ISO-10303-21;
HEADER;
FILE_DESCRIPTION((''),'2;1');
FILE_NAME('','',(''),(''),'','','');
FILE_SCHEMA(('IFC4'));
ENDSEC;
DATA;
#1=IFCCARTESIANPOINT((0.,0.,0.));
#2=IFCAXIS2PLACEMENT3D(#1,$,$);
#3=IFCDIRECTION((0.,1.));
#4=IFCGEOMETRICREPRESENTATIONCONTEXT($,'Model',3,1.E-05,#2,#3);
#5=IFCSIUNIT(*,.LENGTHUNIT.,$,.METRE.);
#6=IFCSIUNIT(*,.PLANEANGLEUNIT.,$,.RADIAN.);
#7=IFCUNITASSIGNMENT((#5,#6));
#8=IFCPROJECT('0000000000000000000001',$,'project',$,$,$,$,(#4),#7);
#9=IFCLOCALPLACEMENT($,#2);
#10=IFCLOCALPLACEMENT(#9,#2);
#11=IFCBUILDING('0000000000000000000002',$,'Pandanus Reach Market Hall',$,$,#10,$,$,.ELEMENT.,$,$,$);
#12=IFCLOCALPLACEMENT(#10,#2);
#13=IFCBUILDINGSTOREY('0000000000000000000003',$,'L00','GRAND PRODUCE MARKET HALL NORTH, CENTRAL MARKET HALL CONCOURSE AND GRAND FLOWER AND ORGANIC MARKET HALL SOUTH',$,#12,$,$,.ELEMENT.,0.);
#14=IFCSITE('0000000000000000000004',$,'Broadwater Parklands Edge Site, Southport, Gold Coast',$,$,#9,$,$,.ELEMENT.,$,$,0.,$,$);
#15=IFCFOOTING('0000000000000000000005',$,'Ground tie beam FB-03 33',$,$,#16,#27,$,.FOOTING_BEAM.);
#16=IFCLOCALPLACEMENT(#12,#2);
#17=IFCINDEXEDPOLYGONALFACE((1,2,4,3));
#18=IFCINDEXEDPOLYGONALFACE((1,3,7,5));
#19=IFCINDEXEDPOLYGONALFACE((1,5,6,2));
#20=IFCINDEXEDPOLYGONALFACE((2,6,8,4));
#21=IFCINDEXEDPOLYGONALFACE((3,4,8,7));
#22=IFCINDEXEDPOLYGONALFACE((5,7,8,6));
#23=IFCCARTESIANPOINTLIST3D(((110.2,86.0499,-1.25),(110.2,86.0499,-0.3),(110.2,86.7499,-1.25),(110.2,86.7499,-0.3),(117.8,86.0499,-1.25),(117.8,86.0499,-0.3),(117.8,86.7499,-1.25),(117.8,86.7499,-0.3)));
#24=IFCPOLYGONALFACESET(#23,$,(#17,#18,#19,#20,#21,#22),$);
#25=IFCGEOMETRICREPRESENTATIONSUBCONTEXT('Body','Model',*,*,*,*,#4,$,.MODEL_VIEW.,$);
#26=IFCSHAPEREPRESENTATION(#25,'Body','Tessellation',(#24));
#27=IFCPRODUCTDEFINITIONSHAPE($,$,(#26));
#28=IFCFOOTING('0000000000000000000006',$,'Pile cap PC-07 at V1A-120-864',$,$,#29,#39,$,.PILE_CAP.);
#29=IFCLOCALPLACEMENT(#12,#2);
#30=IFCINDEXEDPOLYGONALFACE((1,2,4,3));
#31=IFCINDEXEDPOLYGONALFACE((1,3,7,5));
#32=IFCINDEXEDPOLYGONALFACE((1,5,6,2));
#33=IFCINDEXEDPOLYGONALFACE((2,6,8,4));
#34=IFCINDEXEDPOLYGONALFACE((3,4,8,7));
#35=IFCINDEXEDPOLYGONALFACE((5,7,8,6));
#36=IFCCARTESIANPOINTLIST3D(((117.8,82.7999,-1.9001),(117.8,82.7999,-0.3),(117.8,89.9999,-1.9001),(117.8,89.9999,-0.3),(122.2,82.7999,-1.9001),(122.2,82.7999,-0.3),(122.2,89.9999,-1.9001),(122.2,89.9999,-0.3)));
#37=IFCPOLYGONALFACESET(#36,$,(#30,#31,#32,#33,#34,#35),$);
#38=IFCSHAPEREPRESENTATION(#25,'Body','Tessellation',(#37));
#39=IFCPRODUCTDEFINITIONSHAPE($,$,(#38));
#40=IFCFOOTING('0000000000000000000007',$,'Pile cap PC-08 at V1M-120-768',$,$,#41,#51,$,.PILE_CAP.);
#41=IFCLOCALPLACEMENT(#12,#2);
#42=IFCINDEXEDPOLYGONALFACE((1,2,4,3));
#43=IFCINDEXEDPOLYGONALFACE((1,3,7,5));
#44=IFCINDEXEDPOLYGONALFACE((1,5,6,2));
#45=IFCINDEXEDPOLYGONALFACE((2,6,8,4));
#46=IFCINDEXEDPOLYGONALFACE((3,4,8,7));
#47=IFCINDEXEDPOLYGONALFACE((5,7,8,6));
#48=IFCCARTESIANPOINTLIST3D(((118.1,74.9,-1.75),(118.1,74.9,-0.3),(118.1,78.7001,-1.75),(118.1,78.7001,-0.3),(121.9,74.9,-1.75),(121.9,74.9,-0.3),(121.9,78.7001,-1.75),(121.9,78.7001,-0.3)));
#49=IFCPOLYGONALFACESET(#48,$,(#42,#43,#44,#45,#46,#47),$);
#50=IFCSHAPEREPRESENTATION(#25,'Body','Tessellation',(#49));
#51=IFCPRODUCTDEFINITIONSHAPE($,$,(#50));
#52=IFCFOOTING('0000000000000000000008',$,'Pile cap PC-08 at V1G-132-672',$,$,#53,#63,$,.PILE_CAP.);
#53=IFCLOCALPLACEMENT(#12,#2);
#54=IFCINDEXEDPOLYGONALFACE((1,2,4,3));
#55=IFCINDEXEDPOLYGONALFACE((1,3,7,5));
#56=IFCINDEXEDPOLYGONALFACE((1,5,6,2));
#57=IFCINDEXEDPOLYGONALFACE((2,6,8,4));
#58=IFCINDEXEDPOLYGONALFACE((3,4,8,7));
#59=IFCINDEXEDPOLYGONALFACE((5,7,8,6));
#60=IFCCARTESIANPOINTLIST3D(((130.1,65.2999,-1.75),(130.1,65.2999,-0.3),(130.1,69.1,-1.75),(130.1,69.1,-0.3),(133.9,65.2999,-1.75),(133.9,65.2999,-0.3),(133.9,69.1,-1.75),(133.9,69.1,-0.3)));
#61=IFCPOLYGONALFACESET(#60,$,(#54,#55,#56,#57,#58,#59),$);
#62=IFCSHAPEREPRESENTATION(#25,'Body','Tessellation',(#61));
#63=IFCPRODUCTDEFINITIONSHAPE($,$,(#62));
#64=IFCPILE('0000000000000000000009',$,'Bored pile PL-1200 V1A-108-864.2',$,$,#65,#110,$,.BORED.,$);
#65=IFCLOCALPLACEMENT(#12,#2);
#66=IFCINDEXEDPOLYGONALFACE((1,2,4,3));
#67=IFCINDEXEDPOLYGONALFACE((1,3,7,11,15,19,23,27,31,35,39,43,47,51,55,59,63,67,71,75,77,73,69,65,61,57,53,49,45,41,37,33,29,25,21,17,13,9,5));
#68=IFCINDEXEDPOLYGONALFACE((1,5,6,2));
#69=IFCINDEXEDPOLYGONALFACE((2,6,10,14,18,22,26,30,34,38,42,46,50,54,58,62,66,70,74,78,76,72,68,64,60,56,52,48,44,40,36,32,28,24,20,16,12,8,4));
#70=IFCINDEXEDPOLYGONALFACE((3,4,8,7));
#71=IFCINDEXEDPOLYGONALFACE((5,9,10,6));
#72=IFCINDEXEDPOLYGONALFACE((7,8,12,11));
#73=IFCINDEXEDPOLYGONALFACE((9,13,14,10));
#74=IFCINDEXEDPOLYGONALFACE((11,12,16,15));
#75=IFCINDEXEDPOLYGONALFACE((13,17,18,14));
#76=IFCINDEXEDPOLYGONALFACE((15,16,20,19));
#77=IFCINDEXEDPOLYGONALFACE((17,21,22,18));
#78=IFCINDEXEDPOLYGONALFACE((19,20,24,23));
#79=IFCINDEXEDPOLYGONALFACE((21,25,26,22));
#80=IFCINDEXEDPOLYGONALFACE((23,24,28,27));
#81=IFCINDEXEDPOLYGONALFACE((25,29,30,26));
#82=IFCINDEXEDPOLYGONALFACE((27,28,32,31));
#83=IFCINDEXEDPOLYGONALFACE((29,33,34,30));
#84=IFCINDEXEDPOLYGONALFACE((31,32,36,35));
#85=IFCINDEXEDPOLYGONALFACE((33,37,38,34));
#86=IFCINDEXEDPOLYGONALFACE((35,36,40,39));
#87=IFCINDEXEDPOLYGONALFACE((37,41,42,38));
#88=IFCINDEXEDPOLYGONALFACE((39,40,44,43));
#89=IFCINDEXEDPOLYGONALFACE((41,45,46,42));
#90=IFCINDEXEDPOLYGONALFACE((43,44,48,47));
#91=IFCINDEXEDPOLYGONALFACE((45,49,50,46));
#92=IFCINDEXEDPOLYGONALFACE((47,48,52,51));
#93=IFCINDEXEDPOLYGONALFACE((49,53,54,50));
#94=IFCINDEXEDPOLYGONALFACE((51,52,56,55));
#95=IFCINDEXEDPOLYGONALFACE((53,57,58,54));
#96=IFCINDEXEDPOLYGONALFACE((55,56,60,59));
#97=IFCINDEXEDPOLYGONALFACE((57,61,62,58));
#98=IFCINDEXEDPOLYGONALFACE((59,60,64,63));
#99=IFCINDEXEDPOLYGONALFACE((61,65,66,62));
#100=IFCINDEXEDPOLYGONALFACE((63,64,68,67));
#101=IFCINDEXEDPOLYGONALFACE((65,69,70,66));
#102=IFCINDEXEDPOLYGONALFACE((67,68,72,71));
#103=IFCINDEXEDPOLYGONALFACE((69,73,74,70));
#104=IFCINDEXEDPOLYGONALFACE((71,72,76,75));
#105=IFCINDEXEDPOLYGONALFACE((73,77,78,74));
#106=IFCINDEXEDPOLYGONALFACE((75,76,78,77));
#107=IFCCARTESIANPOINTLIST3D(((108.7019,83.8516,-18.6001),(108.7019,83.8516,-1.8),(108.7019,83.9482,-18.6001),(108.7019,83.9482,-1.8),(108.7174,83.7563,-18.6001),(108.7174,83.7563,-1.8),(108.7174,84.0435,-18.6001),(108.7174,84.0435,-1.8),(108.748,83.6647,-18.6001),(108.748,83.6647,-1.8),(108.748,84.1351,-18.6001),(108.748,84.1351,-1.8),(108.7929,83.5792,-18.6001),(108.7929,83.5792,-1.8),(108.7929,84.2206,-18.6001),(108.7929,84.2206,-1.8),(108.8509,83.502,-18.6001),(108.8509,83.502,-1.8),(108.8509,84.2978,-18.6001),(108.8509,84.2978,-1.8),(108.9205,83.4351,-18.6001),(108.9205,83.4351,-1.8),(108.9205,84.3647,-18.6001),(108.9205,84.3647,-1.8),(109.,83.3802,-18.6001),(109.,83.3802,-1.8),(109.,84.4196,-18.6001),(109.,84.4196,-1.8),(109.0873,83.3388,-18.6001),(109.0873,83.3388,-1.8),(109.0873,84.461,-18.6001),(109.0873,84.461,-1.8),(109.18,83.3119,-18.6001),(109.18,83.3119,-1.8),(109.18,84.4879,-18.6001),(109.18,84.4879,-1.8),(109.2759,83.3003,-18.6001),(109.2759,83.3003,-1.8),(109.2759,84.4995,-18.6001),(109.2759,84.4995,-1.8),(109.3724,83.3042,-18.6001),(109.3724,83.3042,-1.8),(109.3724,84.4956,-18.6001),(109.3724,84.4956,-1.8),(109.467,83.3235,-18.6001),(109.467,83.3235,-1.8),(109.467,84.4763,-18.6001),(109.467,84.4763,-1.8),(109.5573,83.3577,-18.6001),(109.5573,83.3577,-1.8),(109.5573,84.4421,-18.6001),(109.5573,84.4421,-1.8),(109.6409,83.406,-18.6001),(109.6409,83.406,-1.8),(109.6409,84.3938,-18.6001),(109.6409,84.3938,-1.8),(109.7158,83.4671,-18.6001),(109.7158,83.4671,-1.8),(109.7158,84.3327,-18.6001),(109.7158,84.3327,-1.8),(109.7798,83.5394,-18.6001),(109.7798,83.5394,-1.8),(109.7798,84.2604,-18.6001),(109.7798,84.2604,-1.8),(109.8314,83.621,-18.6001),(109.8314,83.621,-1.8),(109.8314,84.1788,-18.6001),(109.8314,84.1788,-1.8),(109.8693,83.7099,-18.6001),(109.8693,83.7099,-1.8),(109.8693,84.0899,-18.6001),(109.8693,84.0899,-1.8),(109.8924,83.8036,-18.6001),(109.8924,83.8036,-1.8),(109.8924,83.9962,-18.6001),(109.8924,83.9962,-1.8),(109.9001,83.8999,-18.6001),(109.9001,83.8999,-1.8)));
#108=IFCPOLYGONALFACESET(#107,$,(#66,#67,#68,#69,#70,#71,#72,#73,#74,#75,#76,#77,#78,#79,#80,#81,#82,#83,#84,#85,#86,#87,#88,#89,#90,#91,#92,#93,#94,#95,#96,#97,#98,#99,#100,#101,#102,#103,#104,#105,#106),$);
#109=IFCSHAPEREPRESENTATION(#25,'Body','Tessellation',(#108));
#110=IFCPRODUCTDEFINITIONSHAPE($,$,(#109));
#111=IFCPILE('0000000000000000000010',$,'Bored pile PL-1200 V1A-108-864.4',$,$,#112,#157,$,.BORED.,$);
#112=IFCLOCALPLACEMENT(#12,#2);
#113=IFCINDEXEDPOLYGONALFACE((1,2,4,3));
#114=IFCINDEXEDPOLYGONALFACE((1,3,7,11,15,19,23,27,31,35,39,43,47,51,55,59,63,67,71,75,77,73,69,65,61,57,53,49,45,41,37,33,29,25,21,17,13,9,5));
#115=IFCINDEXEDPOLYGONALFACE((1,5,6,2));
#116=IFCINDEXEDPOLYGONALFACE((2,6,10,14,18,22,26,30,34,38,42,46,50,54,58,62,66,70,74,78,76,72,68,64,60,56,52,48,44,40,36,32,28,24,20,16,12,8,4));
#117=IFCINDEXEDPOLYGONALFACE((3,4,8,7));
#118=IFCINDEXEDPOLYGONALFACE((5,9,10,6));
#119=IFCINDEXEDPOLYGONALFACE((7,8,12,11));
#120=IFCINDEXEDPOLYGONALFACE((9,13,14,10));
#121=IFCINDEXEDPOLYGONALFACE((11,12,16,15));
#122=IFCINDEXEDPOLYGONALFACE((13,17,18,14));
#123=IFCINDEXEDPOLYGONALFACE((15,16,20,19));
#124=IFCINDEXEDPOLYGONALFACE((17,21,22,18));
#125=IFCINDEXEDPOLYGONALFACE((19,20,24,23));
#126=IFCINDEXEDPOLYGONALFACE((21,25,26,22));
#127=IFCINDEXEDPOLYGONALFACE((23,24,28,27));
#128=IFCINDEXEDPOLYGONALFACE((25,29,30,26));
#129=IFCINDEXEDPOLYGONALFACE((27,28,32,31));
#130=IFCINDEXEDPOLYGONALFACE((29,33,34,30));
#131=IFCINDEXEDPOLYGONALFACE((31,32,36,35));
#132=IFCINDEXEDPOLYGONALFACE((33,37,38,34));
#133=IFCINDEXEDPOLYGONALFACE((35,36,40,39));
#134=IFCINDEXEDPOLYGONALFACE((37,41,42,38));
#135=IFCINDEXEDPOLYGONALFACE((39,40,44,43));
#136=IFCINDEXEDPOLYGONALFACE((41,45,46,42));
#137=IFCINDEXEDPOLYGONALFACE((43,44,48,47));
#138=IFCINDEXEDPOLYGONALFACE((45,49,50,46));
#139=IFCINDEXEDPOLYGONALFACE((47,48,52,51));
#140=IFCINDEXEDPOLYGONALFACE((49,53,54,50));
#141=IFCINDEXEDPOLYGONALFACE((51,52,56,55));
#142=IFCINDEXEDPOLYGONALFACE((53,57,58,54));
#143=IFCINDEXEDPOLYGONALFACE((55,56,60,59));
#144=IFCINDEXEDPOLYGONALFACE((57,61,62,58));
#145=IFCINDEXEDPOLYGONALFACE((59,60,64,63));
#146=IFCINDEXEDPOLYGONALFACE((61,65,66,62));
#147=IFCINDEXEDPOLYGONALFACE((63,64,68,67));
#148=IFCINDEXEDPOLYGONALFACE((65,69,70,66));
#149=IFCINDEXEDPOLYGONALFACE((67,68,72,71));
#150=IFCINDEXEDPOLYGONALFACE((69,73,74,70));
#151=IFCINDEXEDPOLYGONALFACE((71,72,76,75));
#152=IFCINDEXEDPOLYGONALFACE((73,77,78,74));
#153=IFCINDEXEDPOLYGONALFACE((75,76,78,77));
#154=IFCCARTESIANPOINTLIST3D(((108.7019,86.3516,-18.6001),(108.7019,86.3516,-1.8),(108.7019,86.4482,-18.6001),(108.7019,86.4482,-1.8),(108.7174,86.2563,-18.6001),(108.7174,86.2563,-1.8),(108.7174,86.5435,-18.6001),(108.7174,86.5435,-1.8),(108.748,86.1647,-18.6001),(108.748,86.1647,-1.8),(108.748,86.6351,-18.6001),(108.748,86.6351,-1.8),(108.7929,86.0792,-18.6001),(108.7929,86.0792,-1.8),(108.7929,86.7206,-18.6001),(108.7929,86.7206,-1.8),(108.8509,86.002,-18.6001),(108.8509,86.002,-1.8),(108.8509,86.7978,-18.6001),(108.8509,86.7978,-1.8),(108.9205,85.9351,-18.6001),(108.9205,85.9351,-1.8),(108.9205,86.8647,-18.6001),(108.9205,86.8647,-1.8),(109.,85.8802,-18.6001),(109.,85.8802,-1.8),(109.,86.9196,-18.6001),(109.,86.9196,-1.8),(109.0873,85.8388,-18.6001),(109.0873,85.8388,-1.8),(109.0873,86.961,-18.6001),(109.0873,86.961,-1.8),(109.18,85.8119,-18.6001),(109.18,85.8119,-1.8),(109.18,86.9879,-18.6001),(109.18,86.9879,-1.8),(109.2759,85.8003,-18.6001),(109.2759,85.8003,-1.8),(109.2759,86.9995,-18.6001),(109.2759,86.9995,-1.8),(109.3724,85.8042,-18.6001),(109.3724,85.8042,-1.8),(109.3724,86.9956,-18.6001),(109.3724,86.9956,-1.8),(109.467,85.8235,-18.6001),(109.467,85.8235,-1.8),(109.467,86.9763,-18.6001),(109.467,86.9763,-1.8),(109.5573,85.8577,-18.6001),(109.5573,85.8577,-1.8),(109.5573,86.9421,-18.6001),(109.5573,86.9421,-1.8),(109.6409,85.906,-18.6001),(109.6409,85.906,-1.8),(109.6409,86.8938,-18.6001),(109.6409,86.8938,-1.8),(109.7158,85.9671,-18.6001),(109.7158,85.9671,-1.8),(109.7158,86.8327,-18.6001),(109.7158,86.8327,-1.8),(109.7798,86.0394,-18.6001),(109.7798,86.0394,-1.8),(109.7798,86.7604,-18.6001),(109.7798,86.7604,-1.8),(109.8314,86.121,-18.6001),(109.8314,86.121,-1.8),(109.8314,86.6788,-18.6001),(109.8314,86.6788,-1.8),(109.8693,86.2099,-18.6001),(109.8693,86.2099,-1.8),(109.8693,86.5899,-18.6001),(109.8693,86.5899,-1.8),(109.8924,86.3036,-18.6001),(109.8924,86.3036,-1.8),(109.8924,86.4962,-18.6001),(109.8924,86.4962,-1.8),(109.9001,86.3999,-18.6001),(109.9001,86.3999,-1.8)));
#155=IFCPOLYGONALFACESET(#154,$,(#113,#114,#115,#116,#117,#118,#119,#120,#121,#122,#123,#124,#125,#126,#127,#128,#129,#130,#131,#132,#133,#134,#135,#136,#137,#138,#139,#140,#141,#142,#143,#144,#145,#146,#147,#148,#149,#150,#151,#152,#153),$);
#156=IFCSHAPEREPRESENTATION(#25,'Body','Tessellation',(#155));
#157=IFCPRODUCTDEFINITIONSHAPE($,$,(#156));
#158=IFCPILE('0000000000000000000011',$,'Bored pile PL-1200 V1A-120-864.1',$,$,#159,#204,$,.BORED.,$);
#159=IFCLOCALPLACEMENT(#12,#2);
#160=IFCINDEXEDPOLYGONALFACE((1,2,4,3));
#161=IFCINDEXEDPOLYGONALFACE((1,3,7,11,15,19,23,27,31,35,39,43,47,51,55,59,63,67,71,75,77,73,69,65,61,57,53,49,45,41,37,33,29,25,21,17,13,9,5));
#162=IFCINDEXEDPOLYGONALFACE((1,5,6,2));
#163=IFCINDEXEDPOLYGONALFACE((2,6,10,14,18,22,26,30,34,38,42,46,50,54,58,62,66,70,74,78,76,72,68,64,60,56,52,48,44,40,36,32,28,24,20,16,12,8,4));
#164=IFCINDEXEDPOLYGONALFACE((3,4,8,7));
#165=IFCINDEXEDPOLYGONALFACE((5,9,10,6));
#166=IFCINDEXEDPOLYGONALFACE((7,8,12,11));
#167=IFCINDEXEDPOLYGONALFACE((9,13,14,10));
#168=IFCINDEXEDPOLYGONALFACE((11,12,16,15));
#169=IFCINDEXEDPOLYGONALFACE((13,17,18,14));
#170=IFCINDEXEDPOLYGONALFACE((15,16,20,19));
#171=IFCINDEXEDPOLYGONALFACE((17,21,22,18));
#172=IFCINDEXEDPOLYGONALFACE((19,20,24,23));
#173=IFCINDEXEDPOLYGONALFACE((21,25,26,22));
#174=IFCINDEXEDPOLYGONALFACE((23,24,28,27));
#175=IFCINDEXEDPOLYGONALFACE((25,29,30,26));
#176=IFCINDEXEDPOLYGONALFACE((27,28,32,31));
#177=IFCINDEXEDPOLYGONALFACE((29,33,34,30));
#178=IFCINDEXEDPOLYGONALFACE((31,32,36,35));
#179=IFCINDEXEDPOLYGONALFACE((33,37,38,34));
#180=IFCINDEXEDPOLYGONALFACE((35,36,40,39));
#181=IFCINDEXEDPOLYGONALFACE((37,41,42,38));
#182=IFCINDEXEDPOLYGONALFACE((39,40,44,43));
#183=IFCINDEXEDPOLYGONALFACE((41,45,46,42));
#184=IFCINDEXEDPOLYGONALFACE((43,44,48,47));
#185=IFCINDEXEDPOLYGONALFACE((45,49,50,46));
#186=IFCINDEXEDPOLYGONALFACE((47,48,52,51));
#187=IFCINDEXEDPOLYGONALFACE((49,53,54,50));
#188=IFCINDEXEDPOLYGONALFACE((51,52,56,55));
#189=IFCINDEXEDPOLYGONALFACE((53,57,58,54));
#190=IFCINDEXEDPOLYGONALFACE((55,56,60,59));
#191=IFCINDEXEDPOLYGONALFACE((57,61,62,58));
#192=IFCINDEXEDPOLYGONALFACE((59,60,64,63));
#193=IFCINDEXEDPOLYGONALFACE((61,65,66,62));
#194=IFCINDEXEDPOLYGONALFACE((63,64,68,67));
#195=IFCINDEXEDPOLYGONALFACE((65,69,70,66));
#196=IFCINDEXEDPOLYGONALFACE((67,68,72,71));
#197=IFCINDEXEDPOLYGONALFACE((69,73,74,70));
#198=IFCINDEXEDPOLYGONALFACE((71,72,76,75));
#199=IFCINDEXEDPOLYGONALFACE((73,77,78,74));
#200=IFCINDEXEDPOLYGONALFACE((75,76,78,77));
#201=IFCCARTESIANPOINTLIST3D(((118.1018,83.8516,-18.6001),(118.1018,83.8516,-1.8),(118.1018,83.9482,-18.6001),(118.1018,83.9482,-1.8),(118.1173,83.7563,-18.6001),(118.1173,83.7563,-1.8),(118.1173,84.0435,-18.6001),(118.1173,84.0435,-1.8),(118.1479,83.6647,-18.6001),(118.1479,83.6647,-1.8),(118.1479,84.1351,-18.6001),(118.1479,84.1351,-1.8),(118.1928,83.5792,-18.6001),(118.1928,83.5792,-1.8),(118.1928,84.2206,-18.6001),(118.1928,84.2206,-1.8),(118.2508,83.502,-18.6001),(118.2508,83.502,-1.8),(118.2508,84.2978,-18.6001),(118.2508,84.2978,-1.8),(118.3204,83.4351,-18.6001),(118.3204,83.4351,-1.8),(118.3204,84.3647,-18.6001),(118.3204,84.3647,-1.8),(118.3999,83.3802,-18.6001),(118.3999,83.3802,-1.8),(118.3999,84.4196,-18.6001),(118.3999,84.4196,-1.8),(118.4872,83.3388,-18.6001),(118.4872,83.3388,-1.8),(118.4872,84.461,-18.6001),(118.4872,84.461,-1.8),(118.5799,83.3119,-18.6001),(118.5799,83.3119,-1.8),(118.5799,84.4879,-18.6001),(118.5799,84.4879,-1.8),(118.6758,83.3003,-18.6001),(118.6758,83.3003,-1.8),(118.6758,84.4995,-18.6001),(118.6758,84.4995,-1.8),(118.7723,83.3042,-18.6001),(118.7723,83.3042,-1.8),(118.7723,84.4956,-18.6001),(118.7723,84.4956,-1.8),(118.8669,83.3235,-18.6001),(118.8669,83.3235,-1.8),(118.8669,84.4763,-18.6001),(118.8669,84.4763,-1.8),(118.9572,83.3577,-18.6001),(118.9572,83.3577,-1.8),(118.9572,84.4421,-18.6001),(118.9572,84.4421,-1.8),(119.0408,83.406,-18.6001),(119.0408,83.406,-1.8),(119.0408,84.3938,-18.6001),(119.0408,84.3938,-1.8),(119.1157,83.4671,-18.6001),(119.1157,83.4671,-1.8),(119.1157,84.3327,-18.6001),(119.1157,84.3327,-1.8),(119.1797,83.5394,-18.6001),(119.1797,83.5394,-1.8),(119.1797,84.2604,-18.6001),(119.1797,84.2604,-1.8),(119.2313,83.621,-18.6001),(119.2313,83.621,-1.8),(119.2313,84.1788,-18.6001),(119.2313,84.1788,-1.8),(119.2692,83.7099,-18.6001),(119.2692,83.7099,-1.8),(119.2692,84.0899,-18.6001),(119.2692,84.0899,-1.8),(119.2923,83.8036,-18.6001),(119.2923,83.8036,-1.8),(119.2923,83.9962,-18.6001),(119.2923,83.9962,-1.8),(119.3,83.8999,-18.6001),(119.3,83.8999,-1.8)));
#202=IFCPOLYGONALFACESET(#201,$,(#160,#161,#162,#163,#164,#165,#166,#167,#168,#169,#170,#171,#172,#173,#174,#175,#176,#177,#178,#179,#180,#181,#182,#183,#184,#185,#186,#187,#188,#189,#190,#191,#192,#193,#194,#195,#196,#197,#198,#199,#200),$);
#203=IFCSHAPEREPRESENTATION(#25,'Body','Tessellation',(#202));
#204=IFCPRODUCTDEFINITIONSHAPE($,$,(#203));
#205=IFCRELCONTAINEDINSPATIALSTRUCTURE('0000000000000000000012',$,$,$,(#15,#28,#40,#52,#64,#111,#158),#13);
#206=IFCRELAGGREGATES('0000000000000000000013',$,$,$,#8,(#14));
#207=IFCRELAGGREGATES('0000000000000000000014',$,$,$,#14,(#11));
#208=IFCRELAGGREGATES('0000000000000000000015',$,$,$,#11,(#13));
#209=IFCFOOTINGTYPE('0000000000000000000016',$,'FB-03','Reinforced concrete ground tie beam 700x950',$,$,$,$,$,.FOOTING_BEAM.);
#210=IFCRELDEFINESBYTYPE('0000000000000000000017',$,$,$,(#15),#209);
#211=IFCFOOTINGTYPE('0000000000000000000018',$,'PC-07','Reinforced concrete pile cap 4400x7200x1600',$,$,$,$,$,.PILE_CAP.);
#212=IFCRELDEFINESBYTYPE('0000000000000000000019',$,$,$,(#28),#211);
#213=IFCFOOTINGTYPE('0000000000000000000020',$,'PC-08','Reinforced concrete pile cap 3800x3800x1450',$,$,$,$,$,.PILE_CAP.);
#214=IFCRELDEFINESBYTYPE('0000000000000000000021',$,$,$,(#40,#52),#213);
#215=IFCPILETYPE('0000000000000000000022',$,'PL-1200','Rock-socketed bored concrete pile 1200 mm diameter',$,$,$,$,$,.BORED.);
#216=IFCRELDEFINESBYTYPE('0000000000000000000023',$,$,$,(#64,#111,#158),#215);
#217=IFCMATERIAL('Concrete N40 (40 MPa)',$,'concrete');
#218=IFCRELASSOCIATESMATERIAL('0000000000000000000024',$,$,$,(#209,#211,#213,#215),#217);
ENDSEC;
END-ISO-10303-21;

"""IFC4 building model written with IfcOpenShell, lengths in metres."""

from ifc_helpers import new_model, si_unit, direction, frame, origin, origin_2d, place, context, subcontext, project, spatial, rectangle, circle, extrude, material, material_profile, profile_set, type_object, element, save


model = new_model("IFC4")

# Units and contexts
model_context = context("Model", 3, precision=1e-05, world=origin(), true_north=direction((0.0, 1.0)))
body_context = subcontext(model_context, "Body", "Model", "MODEL_VIEW")
ifc_project = project(units=[si_unit("LENGTHUNIT", "METRE"), si_unit("PLANEANGLEUNIT", "RADIAN")], contexts=[model_context])

# Site, building, storey
site_placement = place(None, origin())
site = spatial("IfcSite", under=ifc_project, at=site_placement, Name="Broadwater Parklands Edge Site, Southport, Gold Coast", CompositionType="ELEMENT", RefElevation=0.0)
building_placement = place(site_placement, origin())
building = spatial("IfcBuilding", under=site, at=building_placement, Name="Pandanus Reach Market Hall", CompositionType="ELEMENT")
storey_placement = place(building_placement, origin())
storey = spatial("IfcBuildingStorey", under=building, at=storey_placement, Name="L00", Description="GRAND PRODUCE MARKET HALL NORTH, CENTRAL MARKET HALL CONCOURSE AND GRAND FLOWER AND ORGANIC MARKET HALL SOUTH", CompositionType="ELEMENT", Elevation=0.0)

# Footings
ifc_material_1 = material(Name="Concrete N40 (40 MPa)", Category="concrete")
footing_type_1 = type_object("IfcFootingType", Name="FB-03", Description="Reinforced concrete ground tie beam 700x950", PredefinedType="FOOTING_BEAM", material=ifc_material_1)
footing_1_placement = place(storey_placement, frame((114.0, 86.3999, -1.25), z_axis=(0.0, 0.0, 1.0), x_axis=(1.0, 0.0, 0.0)))
element("IfcFooting", 1, at=footing_1_placement, inside=storey, type_object=footing_type_1, Name="Ground tie beam FB-03 33", PredefinedType="FOOTING_BEAM", context=body_context, shape_type="SweptSolid", body=[
    extrude(rectangle(XDim=7.6001, YDim=0.7, at=origin_2d()), origin(), (0.0, 0.0, 1.0), 0.95),
])
footing_type_2 = type_object("IfcFootingType", Name="PC-07", Description="Reinforced concrete pile cap 4400x7200x1600", PredefinedType="PILE_CAP", material=ifc_material_1)
footing_2_placement = place(storey_placement, frame((120.0, 86.3999, -1.9001), z_axis=(0.0, 0.0, 1.0), x_axis=(1.0, 0.0, 0.0)))
element("IfcFooting", 2, at=footing_2_placement, inside=storey, type_object=footing_type_2, Name="Pile cap PC-07 at V1A-120-864", PredefinedType="PILE_CAP", context=body_context, shape_type="SweptSolid", body=[
    extrude(rectangle(XDim=4.3999, YDim=7.2, at=origin_2d()), origin(), (0.0, 0.0, 1.0), 1.6001),
])
footing_type_3 = type_object("IfcFootingType", Name="PC-08", Description="Reinforced concrete pile cap 3800x3800x1450", PredefinedType="PILE_CAP", material=ifc_material_1)
for number, where, z_axis, x_axis, name in (
    (3, (120.0, 76.8, -1.75), (0.0, 0.0, 1.0), (1.0, 0.0, 0.0), "Pile cap PC-08 at V1M-120-768"),
    (4, (132.0, 67.2, -1.75), (0.0, 0.0, 1.0), (1.0, 0.0, 0.0), "Pile cap PC-08 at V1G-132-672"),
):
    element("IfcFooting", number, at=place(storey_placement, frame(where, z_axis=z_axis, x_axis=x_axis)), inside=storey, type_object=footing_type_3, Name=name, PredefinedType="PILE_CAP", context=body_context, shape_type="SweptSolid", body=[
        extrude(rectangle(XDim=3.8, YDim=3.8, at=origin_2d()), origin(), (0.0, 0.0, 1.0), 1.45),
    ])

# Piles
ifc_material_profile_1 = material_profile(ifc_material_1, circle(Radius=0.6001, at=origin_2d()), Name="PILE-1200D", Category="LoadBearing")
ifc_profile_set_1 = profile_set([ifc_material_profile_1], Name="Concrete N40 (40 MPa)")
pile_type_1 = type_object("IfcPileType", Name="PL-1200", Description="Rock-socketed bored concrete pile 1200 mm diameter", PredefinedType="BORED", material=ifc_profile_set_1)
for number, where, z_axis, x_axis, name in (
    (5, (109.3, 83.8999, -1.8), (0.0, 0.0, -1.0), (1.0, 0.0, 0.0), "Bored pile PL-1200 V1A-108-864.2"),
    (6, (109.3, 86.3999, -1.8), (0.0, 0.0, -1.0), (1.0, 0.0, 0.0), "Bored pile PL-1200 V1A-108-864.4"),
    (7, (118.7, 83.8999, -1.8), (0.0, 0.0, -1.0), (1.0, 0.0, 0.0), "Bored pile PL-1200 V1A-120-864.1"),
):
    element("IfcPile", number, at=place(storey_placement, frame(where, z_axis=z_axis, x_axis=x_axis)), inside=storey, type_object=pile_type_1, Name=name, PredefinedType="BORED", context=body_context, shape_type="SweptSolid", body=[
        extrude(circle(Radius=0.6001, at=origin_2d()), origin(), (0.0, 0.0, 1.0), 16.8),
    ])

save(model, "model.ifc")
